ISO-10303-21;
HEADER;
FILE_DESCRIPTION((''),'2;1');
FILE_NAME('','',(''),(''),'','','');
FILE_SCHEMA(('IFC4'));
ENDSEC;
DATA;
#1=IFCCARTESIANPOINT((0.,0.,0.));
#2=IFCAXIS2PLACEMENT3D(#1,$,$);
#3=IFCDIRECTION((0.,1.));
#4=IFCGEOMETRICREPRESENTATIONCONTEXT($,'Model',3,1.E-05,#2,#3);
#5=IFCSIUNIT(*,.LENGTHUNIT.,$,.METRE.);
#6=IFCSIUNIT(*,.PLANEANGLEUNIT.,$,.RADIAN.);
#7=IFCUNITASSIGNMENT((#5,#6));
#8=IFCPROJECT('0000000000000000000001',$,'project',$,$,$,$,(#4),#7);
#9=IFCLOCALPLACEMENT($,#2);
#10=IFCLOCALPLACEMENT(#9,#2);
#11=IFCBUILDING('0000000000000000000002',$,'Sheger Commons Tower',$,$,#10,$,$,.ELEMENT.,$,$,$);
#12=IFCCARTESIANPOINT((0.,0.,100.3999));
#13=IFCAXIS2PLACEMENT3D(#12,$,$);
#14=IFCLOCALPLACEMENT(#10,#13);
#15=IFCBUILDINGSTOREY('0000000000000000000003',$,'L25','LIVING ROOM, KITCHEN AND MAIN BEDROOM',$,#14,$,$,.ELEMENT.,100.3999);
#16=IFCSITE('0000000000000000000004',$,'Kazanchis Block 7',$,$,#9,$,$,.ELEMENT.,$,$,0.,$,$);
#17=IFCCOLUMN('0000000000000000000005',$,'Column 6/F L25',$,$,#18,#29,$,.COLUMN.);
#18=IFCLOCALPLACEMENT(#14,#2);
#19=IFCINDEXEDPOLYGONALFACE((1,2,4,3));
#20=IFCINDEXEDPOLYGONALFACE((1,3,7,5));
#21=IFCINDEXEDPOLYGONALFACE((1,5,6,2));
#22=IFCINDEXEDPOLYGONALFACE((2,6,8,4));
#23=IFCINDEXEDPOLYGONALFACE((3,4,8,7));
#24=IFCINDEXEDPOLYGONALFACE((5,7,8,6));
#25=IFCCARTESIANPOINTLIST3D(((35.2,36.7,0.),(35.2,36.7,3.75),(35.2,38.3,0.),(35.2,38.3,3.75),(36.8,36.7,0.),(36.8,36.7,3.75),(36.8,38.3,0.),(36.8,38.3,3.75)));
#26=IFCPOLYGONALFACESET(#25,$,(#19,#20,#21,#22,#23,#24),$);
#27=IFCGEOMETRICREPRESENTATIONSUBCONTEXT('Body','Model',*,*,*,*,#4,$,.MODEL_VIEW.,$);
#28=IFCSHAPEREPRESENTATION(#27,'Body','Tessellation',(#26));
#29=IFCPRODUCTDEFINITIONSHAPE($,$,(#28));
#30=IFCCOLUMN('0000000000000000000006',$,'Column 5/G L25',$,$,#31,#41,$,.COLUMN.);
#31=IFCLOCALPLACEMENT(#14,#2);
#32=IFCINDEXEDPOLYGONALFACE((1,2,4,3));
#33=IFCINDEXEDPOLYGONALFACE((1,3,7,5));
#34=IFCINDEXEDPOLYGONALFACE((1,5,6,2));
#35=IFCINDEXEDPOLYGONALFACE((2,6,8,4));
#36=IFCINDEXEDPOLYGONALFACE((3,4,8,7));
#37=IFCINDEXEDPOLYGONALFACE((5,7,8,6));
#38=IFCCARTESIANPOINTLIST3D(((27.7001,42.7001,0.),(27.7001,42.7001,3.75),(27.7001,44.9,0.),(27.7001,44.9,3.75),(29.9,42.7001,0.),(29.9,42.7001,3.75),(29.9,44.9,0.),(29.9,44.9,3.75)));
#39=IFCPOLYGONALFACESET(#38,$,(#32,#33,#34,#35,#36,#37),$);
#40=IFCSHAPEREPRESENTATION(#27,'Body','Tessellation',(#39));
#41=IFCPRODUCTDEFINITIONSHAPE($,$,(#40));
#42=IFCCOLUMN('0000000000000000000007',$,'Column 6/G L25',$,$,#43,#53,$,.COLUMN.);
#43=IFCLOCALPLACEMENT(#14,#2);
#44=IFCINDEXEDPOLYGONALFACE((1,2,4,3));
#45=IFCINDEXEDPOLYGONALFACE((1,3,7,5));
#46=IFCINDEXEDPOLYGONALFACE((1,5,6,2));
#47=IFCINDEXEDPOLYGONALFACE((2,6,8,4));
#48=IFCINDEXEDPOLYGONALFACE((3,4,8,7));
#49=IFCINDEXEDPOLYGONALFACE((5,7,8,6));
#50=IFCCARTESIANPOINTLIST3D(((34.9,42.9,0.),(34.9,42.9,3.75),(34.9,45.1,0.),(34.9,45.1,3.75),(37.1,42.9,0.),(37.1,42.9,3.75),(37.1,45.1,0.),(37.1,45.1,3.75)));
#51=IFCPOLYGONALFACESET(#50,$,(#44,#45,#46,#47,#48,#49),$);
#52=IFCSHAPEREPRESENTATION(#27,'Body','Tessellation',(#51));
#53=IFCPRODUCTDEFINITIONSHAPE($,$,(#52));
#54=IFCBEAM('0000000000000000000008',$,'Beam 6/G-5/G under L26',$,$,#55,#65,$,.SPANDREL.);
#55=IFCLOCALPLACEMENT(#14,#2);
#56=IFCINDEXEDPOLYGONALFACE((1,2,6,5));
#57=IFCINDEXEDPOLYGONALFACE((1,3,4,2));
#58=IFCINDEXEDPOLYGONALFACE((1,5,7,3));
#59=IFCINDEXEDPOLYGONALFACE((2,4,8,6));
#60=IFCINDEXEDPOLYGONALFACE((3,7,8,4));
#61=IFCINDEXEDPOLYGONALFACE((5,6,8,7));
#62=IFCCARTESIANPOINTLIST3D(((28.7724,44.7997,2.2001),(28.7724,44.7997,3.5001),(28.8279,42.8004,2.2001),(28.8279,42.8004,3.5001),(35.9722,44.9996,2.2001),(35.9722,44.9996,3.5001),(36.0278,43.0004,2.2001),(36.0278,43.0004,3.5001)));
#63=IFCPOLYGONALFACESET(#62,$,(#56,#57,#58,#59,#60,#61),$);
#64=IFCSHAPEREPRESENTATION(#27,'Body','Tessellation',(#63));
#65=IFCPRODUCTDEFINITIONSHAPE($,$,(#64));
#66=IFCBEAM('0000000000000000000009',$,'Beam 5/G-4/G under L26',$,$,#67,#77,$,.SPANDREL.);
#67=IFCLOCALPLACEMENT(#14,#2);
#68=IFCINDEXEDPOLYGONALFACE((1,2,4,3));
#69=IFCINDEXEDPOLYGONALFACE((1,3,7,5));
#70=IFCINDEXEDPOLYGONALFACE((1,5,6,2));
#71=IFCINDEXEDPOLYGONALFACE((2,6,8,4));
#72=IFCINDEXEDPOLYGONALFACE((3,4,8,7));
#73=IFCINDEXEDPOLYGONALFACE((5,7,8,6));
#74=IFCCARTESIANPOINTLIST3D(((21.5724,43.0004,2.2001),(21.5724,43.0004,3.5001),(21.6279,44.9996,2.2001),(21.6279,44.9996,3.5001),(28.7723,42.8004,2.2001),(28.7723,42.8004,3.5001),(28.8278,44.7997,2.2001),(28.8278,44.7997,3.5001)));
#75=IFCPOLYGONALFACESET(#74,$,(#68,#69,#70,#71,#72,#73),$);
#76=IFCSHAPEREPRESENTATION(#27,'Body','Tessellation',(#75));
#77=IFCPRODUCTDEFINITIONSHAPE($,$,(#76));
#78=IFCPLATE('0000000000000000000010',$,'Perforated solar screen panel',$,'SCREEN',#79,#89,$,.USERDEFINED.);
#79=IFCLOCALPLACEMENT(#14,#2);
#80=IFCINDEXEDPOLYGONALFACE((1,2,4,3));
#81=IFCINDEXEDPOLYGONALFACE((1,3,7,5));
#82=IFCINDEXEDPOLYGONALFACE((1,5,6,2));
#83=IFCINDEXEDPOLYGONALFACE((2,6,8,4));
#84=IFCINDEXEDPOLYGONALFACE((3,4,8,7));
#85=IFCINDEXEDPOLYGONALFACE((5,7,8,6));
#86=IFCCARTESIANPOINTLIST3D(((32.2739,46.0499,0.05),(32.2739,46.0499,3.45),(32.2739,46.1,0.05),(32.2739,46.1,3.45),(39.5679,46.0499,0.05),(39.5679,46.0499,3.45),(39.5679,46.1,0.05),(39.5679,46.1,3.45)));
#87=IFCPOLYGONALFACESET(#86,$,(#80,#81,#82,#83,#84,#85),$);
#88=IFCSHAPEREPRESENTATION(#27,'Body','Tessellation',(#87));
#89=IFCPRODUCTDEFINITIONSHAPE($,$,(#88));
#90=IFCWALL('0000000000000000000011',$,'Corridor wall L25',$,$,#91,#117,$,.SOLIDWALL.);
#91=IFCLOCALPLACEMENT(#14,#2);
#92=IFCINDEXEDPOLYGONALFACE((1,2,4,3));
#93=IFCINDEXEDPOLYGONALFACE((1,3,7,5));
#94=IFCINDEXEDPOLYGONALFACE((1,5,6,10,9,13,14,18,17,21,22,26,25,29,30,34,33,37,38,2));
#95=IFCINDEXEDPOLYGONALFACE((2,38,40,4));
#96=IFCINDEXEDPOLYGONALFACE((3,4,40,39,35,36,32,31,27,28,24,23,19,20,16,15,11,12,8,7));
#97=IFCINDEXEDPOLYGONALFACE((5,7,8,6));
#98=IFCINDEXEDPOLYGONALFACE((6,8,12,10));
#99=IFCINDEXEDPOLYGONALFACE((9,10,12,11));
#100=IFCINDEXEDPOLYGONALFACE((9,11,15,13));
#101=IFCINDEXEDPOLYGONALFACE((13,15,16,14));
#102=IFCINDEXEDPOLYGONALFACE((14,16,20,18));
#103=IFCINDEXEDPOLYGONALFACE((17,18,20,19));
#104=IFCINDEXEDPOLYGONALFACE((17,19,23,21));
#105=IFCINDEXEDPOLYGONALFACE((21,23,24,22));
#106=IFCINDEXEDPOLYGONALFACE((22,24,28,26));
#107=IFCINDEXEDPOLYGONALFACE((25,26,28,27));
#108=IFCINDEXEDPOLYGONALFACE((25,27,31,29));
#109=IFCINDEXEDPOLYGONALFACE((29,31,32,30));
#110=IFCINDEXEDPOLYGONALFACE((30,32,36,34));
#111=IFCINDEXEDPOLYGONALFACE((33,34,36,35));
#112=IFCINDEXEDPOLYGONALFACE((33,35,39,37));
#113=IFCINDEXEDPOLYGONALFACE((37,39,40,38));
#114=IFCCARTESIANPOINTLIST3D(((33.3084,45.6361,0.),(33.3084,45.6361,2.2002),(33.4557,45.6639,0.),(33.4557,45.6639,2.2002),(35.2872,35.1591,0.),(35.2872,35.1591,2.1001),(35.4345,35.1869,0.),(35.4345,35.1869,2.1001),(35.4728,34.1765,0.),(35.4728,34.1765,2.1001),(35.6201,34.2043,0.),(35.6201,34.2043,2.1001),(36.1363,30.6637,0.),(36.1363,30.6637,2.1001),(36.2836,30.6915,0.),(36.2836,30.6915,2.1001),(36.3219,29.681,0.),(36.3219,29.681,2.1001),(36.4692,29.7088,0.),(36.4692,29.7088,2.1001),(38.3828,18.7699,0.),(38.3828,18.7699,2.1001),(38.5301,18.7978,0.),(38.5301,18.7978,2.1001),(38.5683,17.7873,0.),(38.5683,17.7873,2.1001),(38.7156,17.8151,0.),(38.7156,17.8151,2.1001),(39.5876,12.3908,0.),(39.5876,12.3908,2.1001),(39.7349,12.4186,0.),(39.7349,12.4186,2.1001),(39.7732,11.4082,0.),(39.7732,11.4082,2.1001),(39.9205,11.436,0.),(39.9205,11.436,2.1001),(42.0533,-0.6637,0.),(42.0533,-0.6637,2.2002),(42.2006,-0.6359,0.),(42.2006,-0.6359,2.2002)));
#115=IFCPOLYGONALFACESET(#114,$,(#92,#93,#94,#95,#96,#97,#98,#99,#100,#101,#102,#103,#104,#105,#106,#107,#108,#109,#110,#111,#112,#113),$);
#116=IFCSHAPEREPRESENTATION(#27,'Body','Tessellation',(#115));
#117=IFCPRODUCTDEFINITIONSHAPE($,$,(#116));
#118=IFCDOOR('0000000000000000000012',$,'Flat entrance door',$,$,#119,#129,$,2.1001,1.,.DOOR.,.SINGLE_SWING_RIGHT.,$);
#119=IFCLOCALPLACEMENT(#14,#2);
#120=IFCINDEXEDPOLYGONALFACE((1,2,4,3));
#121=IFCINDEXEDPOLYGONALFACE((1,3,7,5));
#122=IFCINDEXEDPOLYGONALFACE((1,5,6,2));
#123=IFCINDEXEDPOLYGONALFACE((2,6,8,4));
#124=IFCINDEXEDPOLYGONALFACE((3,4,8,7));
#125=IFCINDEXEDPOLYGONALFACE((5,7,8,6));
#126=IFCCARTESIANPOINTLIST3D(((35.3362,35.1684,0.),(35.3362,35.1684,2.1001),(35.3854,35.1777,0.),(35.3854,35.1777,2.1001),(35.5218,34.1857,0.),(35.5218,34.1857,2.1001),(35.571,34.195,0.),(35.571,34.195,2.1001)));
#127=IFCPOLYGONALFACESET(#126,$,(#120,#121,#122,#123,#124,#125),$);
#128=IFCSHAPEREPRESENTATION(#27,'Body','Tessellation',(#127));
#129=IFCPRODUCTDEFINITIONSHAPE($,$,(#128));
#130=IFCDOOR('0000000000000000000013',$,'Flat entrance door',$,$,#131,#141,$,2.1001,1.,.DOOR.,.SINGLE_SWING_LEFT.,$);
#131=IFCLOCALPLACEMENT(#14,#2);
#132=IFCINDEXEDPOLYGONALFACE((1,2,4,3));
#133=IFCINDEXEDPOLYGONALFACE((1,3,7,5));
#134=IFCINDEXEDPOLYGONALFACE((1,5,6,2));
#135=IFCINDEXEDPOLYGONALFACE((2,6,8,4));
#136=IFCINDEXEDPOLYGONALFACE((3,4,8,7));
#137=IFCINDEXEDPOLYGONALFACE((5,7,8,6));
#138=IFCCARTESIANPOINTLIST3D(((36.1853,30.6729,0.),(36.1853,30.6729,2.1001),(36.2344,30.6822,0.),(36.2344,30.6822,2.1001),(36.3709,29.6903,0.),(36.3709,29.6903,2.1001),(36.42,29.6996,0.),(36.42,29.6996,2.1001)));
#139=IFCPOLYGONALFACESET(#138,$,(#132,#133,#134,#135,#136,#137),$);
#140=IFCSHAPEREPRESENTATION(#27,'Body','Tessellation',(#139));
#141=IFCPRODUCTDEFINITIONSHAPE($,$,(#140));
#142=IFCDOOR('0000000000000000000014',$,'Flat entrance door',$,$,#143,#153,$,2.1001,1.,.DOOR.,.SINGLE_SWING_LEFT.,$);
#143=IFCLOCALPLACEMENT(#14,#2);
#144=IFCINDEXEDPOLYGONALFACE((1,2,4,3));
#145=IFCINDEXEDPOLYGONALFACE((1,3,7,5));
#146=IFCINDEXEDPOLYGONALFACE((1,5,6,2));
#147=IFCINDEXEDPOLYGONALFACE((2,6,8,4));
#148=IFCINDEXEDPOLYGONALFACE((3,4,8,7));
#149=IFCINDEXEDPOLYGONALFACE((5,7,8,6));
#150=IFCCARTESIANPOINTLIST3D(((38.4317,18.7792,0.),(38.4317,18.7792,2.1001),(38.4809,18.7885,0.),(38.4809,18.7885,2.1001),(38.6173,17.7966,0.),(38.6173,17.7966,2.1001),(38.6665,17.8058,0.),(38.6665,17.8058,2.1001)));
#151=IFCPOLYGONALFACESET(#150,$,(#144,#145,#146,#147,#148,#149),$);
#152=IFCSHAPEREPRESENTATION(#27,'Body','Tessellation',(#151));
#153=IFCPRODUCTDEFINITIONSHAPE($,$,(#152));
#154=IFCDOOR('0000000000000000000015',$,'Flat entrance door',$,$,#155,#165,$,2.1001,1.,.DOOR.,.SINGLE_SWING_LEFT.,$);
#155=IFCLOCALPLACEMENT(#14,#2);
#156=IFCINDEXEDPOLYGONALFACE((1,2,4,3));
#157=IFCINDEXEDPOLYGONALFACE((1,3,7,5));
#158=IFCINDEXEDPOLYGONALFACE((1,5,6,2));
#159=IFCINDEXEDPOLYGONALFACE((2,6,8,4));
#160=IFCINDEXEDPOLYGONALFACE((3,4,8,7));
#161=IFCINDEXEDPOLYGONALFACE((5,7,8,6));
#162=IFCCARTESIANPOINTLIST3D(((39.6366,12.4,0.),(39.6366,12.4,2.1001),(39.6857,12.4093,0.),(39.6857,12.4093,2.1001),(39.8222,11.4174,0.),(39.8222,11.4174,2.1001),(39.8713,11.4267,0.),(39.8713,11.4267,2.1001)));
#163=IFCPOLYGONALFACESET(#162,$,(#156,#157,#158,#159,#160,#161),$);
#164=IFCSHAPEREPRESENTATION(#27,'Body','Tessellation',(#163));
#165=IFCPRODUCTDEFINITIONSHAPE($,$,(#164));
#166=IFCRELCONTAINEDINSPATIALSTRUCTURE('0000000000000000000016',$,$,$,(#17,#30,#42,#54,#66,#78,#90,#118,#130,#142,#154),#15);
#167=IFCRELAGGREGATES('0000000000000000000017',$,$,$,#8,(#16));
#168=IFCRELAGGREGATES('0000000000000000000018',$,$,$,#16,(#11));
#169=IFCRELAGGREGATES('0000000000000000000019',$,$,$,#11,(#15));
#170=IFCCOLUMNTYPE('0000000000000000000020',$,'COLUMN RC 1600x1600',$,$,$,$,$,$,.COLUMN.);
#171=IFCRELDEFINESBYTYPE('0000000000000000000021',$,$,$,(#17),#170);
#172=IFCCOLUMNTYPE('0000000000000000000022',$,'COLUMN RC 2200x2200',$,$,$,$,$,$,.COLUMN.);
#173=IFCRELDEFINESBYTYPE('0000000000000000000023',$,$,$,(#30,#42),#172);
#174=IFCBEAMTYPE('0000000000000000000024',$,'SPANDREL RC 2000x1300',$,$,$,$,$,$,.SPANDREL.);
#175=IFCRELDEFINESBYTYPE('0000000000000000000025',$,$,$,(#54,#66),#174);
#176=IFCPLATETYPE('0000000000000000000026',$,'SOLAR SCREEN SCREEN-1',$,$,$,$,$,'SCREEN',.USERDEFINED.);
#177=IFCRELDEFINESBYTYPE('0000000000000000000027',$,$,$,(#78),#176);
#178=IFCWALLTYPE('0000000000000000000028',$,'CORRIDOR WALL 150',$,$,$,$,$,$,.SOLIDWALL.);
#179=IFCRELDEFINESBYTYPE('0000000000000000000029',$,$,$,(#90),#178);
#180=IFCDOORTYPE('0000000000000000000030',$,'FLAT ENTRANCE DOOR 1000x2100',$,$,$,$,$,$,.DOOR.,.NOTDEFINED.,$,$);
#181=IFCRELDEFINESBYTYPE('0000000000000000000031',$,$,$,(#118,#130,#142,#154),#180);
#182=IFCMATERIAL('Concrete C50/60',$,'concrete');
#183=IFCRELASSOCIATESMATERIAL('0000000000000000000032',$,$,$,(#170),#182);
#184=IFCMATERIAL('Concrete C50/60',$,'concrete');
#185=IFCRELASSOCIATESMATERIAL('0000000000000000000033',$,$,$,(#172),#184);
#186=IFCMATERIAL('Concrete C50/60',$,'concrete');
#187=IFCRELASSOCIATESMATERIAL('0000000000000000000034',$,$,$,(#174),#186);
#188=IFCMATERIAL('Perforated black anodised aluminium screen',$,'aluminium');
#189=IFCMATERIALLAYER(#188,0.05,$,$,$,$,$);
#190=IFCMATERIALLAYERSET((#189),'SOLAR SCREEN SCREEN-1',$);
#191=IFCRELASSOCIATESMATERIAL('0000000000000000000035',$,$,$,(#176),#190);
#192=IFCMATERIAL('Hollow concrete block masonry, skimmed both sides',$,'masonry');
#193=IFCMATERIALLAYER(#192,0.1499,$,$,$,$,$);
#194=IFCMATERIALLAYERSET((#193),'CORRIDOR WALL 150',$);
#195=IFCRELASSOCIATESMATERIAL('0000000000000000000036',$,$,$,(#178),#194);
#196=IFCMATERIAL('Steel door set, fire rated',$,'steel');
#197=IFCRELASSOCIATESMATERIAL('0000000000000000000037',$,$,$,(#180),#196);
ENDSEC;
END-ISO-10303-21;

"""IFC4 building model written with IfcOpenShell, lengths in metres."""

from ifc_helpers import new_model, si_unit, direction, frame, frame_2d, origin, origin_2d, place, context, subcontext, project, spatial, rectangle, extrude, material, layer, layer_set, material_profile, profile_set, type_object, element, fill, save


model = new_model("IFC4")

# Units and contexts
model_context = context("Model", 3, precision=1e-05, world=origin(), true_north=direction((0.0, 1.0)))
body_context = subcontext(model_context, "Body", "Model", "MODEL_VIEW")
ifc_project = project(units=[si_unit("LENGTHUNIT", "METRE"), si_unit("PLANEANGLEUNIT", "RADIAN")], contexts=[model_context])

# Site, building, storey
site_placement = place(None, origin())
site = spatial("IfcSite", under=ifc_project, at=site_placement, Name="Kazanchis Block 7", CompositionType="ELEMENT", RefElevation=0.0)
building_placement = place(site_placement, origin())
building = spatial("IfcBuilding", under=site, at=building_placement, Name="Sheger Commons Tower", CompositionType="ELEMENT")
storey_placement = place(building_placement, frame((0.0, 0.0, 100.3999)))
storey = spatial("IfcBuildingStorey", under=building, at=storey_placement, Name="L25", Description="LIVING ROOM, KITCHEN AND MAIN BEDROOM", CompositionType="ELEMENT", Elevation=100.3999)

# Columns
ifc_material_1 = material(Name="Concrete C50/60", Category="concrete")
ifc_material_profile_1 = material_profile(ifc_material_1, rectangle(XDim=1.6001, YDim=1.6001, at=origin_2d()), Name="RC 1600x1600")
ifc_profile_set_1 = profile_set([ifc_material_profile_1], Name="Concrete C50/60")
column_type_1 = type_object("IfcColumnType", Name="COLUMN RC 1600x1600", PredefinedType="COLUMN", material=ifc_profile_set_1)
column_placement = place(storey_placement, frame((36.0, 37.5, 0.0), z_axis=(0.0, 0.0, 1.0), x_axis=(1.0, 0.0, 0.0)))
element("IfcColumn", 1, at=column_placement, inside=storey, type_object=column_type_1, Name="Column 6/F L25", PredefinedType="COLUMN", context=body_context, shape_type="SweptSolid", body=[
    extrude(rectangle(XDim=1.6001, YDim=1.6001, at=origin_2d()), origin(), (0.0, 0.0, 1.0), 3.75),
])
ifc_material_2 = material(Name="Concrete C50/60", Category="concrete")
ifc_material_profile_2 = material_profile(ifc_material_2, rectangle(XDim=2.2, YDim=2.2, at=origin_2d()), Name="RC 2200x2200")
ifc_profile_set_2 = profile_set([ifc_material_profile_2], Name="Concrete C50/60")
column_type_2 = type_object("IfcColumnType", Name="COLUMN RC 2200x2200", PredefinedType="COLUMN", material=ifc_profile_set_2)
for number, where, z_axis, x_axis, name in (
    (2, (28.8, 43.8, 0.0), (0.0, 0.0, 1.0), (1.0, 0.0, 0.0), "Column 5/G L25"),
    (3, (36.0, 44.0, 0.0), (0.0, 0.0, 1.0), (1.0, 0.0, 0.0), "Column 6/G L25"),
):
    element("IfcColumn", number, at=place(storey_placement, frame(where, z_axis=z_axis, x_axis=x_axis)), inside=storey, type_object=column_type_2, Name=name, PredefinedType="COLUMN", context=body_context, shape_type="SweptSolid", body=[
        extrude(rectangle(XDim=2.2, YDim=2.2, at=origin_2d()), origin(), (0.0, 0.0, 1.0), 3.75),
    ])

# Beams
ifc_material_3 = material(Name="Concrete C50/60", Category="concrete")
ifc_material_profile_3 = material_profile(ifc_material_3, rectangle(XDim=2.0, YDim=1.3, at=origin_2d()), Name="RC 2000x1300")
ifc_profile_set_3 = profile_set([ifc_material_profile_3], Name="Concrete C50/60")
beam_type = type_object("IfcBeamType", Name="SPANDREL RC 2000x1300", PredefinedType="SPANDREL", material=ifc_profile_set_3)
for number, where, z_axis, x_axis, name in (
    (4, (36.0, 44.0, 2.8501), (-0.999615, -0.02776, 0.0), (0.02776, -0.999615, 0.0), "Beam 6/G-5/G under L26"),
    (5, (28.8, 43.8, 2.8501), (-0.999615, 0.02776, 0.0), (-0.02776, -0.999615, 0.0), "Beam 5/G-4/G under L26"),
):
    element("IfcBeam", number, at=place(storey_placement, frame(where, z_axis=z_axis, x_axis=x_axis)), inside=storey, type_object=beam_type, Name=name, PredefinedType="SPANDREL", context=body_context, shape_type="SweptSolid", body=[
        extrude(rectangle(XDim=2.0, YDim=1.3, at=origin_2d()), origin(), (0.0, 0.0, 1.0), 7.2026),
    ])

# Plate
ifc_material_4 = material(Name="Perforated black anodised aluminium screen", Category="aluminium")
ifc_layer_1 = layer(ifc_material_4, 0.05)
ifc_layer_set_1 = layer_set([ifc_layer_1], Name="SOLAR SCREEN SCREEN-1")
plate_type = type_object("IfcPlateType", Name="SOLAR SCREEN SCREEN-1", ElementType="SCREEN", PredefinedType="USERDEFINED", material=ifc_layer_set_1)
plate_placement = place(storey_placement, frame((35.9209, 46.075, 0.05), z_axis=(0.0, 0.0, 1.0), x_axis=(-1.0, 0.0, 0.0)))
element("IfcPlate", 6, at=plate_placement, inside=storey, type_object=plate_type, Name="Perforated solar screen panel", ObjectType="SCREEN", PredefinedType="USERDEFINED", context=body_context, shape_type="SweptSolid", body=[
    extrude(rectangle(XDim=7.2939, YDim=0.05, at=origin_2d()), origin(), (0.0, 0.0, 1.0), 3.3999),
])

# Wall, openings, doors
ifc_material_5 = material(Name="Hollow concrete block masonry, skimmed both sides", Category="masonry")
ifc_layer_2 = layer(ifc_material_5, 0.1499)
ifc_layer_set_2 = layer_set([ifc_layer_2], Name="CORRIDOR WALL 150")
wall_type_1 = type_object("IfcWallType", Name="CORRIDOR WALL 150", PredefinedType="SOLIDWALL", material=ifc_layer_set_2)
wall_1_placement = place(storey_placement, frame((33.3821, 45.6499, 0.0), z_axis=(0.0, 0.0, 1.0), x_axis=(0.185594, -0.982627, 0.0)))
wall_1 = element("IfcWall", 7, at=wall_1_placement, inside=storey, type_object=wall_type_1, Name="Corridor wall L25", PredefinedType="SOLIDWALL", context=body_context, shape_type="SweptSolid", body=[
    extrude(rectangle(XDim=47.1184, YDim=0.1499, at=frame_2d((23.5591, 0.0))), origin(), (0.0, 0.0, 1.0), 2.2002),
])
opening_1_placement = place(wall_1_placement, frame((10.6621, 0.0, 0.0)))
opening_1 = element("IfcOpeningElement", 8, at=opening_1_placement, cuts=wall_1, PredefinedType="OPENING", context=body_context, shape_type="SweptSolid", body=[
    extrude(rectangle(XDim=1.0, YDim=2.1001, at=frame_2d((0.5, 1.05))), frame((0.0, 0.085, 0.0), z_axis=(0.0, -1.0, 0.0), x_axis=(1.0, 0.0, 0.0)), (0.0, 0.0, 1.0), 0.1699),
])
opening_2_placement = place(wall_1_placement, frame((15.2371, 0.0, 0.0)))
opening_2 = element("IfcOpeningElement", 9, at=opening_2_placement, cuts=wall_1, PredefinedType="OPENING", context=body_context, shape_type="SweptSolid", body=[
    extrude(rectangle(XDim=1.0, YDim=2.1001, at=frame_2d((0.5, 1.05))), frame((0.0, 0.085, 0.0), z_axis=(0.0, -1.0, 0.0), x_axis=(1.0, 0.0, 0.0)), (0.0, 0.0, 1.0), 0.1699),
])
opening_3_placement = place(wall_1_placement, frame((27.3411, 0.0, 0.0)))
opening_3 = element("IfcOpeningElement", 10, at=opening_3_placement, cuts=wall_1, PredefinedType="OPENING", context=body_context, shape_type="SweptSolid", body=[
    extrude(rectangle(XDim=1.0, YDim=2.1001, at=frame_2d((0.5, 1.05))), frame((0.0, 0.085, 0.0), z_axis=(0.0, -1.0, 0.0), x_axis=(1.0, 0.0, 0.0)), (0.0, 0.0, 1.0), 0.1699),
])
opening_4_placement = place(wall_1_placement, frame((33.833, 0.0, 0.0)))
opening_4 = element("IfcOpeningElement", 11, at=opening_4_placement, cuts=wall_1, PredefinedType="OPENING", context=body_context, shape_type="SweptSolid", body=[
    extrude(rectangle(XDim=1.0, YDim=2.1001, at=frame_2d((0.5, 1.05))), frame((0.0, 0.085, 0.0), z_axis=(0.0, -1.0, 0.0), x_axis=(1.0, 0.0, 0.0)), (0.0, 0.0, 1.0), 0.1699),
])
ifc_material_6 = material(Name="Steel door set, fire rated", Category="steel")
door_type = type_object("IfcDoorType", Name="FLAT ENTRANCE DOOR 1000x2100", OperationType="NOTDEFINED", PredefinedType="DOOR", material=ifc_material_6)
door_1_placement = place(opening_1_placement, origin())
door_1 = element("IfcDoor", 12, at=door_1_placement, inside=storey, type_object=door_type, Name="Flat entrance door", OperationType="SINGLE_SWING_RIGHT", OverallHeight=2.1001, OverallWidth=1.0, PredefinedType="DOOR", context=body_context, shape_type="SweptSolid", body=[
    extrude(rectangle(XDim=1.0, YDim=2.1001, at=frame_2d((0.5, 1.05))), frame((0.0, 0.0249, 0.0), z_axis=(0.0, -1.0, 0.0), x_axis=(1.0, 0.0, 0.0)), (0.0, 0.0, 1.0), 0.05),
])
fill(opening_1, door_1)
door_2_placement = place(opening_2_placement, origin())
door_2 = element("IfcDoor", 13, at=door_2_placement, inside=storey, type_object=door_type, Name="Flat entrance door", OperationType="SINGLE_SWING_LEFT", OverallHeight=2.1001, OverallWidth=1.0, PredefinedType="DOOR", context=body_context, shape_type="SweptSolid", body=[
    extrude(rectangle(XDim=1.0, YDim=2.1001, at=frame_2d((0.5, 1.05))), frame((0.0, 0.0249, 0.0), z_axis=(0.0, -1.0, 0.0), x_axis=(1.0, 0.0, 0.0)), (0.0, 0.0, 1.0), 0.05),
])
fill(opening_2, door_2)
door_3_placement = place(opening_3_placement, origin())
door_3 = element("IfcDoor", 14, at=door_3_placement, inside=storey, type_object=door_type, Name="Flat entrance door", OperationType="SINGLE_SWING_LEFT", OverallHeight=2.1001, OverallWidth=1.0, PredefinedType="DOOR", context=body_context, shape_type="SweptSolid", body=[
    extrude(rectangle(XDim=1.0, YDim=2.1001, at=frame_2d((0.5, 1.05))), frame((0.0, 0.0249, 0.0), z_axis=(0.0, -1.0, 0.0), x_axis=(1.0, 0.0, 0.0)), (0.0, 0.0, 1.0), 0.05),
])
fill(opening_3, door_3)
door_4_placement = place(opening_4_placement, origin())
door_4 = element("IfcDoor", 15, at=door_4_placement, inside=storey, type_object=door_type, Name="Flat entrance door", OperationType="SINGLE_SWING_LEFT", OverallHeight=2.1001, OverallWidth=1.0, PredefinedType="DOOR", context=body_context, shape_type="SweptSolid", body=[
    extrude(rectangle(XDim=1.0, YDim=2.1001, at=frame_2d((0.5, 1.05))), frame((0.0, 0.0249, 0.0), z_axis=(0.0, -1.0, 0.0), x_axis=(1.0, 0.0, 0.0)), (0.0, 0.0, 1.0), 0.05),
])
fill(opening_4, door_4)

save(model, "model.ifc")
